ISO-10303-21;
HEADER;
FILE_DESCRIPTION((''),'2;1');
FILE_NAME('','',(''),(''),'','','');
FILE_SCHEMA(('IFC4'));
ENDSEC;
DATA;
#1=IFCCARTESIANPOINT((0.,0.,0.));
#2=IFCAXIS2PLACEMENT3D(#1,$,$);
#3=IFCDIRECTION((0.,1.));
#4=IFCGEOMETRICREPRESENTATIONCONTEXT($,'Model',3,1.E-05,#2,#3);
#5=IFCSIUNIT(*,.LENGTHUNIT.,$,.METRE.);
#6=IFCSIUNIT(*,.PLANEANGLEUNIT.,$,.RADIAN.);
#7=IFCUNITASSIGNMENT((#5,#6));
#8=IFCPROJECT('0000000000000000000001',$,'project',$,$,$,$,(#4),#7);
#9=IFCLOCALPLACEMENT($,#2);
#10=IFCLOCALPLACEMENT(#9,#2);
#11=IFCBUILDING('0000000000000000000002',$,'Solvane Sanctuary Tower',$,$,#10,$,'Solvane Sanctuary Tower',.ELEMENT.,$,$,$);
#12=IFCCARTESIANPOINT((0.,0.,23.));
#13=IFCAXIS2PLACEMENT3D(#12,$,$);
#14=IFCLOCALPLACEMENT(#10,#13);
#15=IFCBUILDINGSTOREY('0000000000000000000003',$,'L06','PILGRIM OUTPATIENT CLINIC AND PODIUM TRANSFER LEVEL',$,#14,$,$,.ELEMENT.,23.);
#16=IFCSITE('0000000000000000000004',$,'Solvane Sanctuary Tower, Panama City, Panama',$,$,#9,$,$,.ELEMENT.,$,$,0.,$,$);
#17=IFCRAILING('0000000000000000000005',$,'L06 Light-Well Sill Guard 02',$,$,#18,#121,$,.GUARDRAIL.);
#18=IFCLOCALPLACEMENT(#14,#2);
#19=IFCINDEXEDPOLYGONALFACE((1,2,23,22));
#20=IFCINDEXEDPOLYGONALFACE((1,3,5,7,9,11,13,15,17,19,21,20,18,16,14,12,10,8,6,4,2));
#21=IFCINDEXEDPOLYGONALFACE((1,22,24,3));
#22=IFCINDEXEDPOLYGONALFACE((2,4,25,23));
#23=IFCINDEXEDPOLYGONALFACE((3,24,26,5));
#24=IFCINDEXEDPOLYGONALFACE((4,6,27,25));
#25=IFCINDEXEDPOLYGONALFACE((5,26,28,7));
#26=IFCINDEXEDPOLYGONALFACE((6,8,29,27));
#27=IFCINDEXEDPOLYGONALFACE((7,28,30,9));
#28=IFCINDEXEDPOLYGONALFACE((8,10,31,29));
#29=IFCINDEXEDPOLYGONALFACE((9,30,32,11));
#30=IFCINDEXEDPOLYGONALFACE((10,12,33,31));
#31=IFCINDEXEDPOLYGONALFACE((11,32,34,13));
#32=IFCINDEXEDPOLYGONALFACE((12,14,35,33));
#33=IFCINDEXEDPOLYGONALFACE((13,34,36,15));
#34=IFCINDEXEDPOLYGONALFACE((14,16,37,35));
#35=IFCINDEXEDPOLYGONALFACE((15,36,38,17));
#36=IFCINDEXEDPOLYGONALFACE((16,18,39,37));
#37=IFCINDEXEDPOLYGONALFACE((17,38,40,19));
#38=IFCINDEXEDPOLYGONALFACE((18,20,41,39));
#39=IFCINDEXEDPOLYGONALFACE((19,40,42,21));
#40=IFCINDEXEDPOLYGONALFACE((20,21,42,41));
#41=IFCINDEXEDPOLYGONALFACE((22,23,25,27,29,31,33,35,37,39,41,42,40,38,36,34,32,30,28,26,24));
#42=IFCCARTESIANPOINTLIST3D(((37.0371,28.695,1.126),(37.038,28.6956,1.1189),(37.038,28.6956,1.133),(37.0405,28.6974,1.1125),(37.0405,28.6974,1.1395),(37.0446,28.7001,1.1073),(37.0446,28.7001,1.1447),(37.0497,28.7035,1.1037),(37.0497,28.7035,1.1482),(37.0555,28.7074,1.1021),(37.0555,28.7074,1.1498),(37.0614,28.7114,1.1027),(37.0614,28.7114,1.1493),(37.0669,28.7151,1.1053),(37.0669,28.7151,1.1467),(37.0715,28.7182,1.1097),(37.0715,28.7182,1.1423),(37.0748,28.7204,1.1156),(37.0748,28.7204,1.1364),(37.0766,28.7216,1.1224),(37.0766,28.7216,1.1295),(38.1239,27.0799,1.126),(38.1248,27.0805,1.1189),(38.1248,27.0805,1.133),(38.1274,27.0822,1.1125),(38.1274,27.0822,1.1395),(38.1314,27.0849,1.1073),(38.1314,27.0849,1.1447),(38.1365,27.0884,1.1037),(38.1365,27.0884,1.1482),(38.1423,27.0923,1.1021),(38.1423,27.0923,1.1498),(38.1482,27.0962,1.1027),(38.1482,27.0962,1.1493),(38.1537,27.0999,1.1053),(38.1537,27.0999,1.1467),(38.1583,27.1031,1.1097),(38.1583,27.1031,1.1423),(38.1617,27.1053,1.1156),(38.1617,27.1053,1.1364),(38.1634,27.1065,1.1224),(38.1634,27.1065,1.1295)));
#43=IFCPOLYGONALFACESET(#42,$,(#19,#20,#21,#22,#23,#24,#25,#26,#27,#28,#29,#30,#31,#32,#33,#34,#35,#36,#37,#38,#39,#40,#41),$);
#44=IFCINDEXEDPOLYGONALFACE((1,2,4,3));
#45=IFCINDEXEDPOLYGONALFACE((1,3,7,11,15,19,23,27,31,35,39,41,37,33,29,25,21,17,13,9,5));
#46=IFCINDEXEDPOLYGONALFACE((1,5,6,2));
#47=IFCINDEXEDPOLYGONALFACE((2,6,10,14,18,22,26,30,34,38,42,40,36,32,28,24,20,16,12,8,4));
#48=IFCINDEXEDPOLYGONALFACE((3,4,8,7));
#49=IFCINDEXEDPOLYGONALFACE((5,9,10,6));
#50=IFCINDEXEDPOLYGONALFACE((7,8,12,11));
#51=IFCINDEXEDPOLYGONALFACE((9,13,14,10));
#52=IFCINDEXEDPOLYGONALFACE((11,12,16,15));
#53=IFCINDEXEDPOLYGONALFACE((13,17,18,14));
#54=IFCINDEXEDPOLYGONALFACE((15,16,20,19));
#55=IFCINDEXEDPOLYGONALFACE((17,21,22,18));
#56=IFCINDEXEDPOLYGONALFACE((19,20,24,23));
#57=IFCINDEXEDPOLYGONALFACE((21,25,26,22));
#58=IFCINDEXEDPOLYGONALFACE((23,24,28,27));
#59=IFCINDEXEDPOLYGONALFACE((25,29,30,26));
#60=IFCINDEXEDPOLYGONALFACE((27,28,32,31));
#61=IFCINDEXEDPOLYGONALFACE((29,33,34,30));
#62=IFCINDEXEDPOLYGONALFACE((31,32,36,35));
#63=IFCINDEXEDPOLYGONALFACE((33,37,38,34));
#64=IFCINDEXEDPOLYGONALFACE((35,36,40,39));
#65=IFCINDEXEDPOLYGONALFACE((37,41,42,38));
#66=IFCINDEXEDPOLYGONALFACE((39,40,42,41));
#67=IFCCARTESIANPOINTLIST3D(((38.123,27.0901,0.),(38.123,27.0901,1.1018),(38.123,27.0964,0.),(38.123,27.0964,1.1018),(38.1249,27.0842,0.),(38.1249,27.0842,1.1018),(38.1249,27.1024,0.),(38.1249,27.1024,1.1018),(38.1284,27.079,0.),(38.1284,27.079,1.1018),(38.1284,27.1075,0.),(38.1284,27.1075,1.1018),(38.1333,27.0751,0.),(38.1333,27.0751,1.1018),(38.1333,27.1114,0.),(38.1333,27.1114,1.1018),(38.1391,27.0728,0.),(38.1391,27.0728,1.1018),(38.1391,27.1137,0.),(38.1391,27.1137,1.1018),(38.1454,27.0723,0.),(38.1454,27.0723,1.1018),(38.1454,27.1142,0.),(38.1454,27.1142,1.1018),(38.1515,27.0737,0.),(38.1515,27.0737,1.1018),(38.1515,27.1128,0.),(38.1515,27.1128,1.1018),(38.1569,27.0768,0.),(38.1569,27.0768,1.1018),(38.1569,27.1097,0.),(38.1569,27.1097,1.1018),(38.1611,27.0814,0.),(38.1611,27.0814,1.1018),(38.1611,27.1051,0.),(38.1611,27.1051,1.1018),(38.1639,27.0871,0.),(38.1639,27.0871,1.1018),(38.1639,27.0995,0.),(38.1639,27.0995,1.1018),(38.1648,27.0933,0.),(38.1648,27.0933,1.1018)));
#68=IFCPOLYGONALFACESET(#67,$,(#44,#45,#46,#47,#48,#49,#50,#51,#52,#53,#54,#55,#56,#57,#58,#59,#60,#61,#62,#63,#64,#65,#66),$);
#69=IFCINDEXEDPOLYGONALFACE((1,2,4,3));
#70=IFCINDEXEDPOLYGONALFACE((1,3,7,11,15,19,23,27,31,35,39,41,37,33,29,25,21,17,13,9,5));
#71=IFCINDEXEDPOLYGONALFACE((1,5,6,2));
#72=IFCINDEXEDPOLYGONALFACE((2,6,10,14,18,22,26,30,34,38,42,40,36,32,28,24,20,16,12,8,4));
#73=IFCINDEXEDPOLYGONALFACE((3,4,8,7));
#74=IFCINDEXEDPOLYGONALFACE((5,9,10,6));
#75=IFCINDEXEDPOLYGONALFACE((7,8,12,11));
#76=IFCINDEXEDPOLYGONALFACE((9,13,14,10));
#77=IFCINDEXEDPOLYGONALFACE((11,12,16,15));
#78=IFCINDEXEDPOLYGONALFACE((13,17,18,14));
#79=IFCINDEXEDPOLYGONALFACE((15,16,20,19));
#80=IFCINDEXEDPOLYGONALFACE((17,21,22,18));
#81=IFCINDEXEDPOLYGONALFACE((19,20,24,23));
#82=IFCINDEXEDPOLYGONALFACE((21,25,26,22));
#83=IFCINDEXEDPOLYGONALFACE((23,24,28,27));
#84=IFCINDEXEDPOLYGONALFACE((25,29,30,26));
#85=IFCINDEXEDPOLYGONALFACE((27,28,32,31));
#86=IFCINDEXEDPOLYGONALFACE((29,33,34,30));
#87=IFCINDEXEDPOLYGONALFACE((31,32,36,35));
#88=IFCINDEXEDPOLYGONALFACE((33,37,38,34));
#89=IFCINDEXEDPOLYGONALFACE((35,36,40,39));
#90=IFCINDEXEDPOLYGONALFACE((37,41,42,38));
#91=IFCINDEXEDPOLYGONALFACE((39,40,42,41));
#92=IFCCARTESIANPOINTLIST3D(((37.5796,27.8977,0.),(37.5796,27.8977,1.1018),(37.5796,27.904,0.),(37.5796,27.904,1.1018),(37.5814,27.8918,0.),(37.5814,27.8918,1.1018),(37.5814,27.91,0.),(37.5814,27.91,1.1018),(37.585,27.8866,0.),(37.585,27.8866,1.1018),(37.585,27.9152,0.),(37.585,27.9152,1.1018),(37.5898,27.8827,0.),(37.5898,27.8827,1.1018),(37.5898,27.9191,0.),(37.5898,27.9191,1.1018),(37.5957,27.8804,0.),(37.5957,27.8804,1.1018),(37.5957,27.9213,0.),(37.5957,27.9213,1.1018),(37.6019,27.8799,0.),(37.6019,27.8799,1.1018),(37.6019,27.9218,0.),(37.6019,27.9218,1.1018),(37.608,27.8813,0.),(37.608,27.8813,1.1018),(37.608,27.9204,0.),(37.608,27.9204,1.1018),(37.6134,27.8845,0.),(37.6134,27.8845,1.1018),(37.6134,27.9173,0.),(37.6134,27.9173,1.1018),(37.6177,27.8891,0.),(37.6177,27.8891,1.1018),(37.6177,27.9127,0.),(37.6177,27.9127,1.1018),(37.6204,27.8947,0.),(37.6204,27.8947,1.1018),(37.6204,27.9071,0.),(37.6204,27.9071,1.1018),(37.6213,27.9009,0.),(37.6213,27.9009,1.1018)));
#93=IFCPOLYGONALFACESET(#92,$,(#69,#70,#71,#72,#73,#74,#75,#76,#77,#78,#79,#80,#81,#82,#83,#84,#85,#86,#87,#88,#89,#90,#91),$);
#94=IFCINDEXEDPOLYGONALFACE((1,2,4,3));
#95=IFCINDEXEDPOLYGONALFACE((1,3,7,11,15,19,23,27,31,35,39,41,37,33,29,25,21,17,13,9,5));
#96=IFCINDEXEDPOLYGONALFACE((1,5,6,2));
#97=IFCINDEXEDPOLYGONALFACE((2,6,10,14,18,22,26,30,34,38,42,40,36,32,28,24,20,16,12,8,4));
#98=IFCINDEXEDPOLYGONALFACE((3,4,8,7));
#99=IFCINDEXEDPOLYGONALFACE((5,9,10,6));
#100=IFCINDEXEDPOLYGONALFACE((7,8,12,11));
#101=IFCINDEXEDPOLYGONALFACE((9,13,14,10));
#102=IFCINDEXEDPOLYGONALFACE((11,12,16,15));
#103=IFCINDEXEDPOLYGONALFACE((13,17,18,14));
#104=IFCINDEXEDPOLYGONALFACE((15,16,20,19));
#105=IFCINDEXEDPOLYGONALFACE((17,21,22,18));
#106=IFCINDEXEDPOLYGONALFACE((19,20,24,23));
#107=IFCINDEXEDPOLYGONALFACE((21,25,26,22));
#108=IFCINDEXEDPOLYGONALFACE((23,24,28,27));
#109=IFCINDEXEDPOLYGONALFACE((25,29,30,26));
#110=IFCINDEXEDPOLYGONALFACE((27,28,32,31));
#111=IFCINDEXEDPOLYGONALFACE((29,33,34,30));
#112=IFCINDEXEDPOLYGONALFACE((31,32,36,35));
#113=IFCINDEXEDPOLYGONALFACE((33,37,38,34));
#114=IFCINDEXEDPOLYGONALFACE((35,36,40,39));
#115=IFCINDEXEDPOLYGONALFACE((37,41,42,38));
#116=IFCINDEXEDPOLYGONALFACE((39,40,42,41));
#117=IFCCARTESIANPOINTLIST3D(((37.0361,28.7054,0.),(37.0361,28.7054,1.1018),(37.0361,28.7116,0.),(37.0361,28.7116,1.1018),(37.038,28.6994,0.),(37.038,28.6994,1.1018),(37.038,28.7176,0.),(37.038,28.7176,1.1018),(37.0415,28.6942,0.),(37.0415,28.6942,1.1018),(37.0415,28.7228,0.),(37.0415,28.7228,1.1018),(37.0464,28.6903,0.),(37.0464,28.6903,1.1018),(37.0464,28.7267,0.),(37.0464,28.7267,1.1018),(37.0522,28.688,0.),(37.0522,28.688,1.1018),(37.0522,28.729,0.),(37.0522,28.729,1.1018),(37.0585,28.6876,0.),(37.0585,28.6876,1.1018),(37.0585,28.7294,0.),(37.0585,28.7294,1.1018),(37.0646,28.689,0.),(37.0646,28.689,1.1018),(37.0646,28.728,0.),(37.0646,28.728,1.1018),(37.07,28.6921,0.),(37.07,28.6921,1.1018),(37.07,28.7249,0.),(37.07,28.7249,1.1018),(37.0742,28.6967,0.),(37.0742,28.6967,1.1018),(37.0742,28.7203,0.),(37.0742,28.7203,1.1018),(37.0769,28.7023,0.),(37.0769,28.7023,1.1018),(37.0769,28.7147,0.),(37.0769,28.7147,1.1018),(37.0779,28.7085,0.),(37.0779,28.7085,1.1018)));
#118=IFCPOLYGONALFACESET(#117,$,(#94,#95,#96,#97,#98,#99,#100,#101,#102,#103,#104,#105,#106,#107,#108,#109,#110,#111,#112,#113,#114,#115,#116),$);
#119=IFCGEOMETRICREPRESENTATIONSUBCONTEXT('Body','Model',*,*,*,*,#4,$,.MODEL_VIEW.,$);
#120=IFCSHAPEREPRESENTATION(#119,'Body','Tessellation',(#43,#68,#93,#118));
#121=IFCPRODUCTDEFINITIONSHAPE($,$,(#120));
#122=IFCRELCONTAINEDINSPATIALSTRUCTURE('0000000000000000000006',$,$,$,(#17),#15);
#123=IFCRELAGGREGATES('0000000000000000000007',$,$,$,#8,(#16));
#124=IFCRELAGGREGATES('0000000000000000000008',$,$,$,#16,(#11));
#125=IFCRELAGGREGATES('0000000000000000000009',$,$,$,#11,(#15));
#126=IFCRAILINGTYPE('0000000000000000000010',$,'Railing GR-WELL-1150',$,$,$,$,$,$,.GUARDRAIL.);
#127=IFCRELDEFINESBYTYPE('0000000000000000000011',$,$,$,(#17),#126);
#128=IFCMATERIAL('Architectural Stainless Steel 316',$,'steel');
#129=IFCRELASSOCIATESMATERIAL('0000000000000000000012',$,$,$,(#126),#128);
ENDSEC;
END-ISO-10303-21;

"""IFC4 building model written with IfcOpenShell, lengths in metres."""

from ifc_helpers import new_model, si_unit, direction, frame, origin, origin_2d, place, context, subcontext, project, spatial, circle, extrude, material, type_object, element, save


model = new_model("IFC4")

# Units and contexts
model_context = context("Model", 3, precision=1e-05, world=origin(), true_north=direction((0.0, 1.0)))
body_context = subcontext(model_context, "Body", "Model", "MODEL_VIEW")
ifc_project = project(units=[si_unit("LENGTHUNIT", "METRE"), si_unit("PLANEANGLEUNIT", "RADIAN")], contexts=[model_context])

# Site, building, storey
site_placement = place(None, origin())
site = spatial("IfcSite", under=ifc_project, at=site_placement, Name="Solvane Sanctuary Tower, Panama City, Panama", CompositionType="ELEMENT", RefElevation=0.0)
building_placement = place(site_placement, origin())
building = spatial("IfcBuilding", under=site, at=building_placement, Name="Solvane Sanctuary Tower", LongName="Solvane Sanctuary Tower", CompositionType="ELEMENT")
storey_placement = place(building_placement, frame((0.0, 0.0, 23.0)))
storey = spatial("IfcBuildingStorey", under=building, at=storey_placement, Name="L06", Description="PILGRIM OUTPATIENT CLINIC AND PODIUM TRANSFER LEVEL", CompositionType="ELEMENT", Elevation=23.0)

# Shared definitions
ifc_material_1 = material(Name="Architectural Stainless Steel 316", Category="steel")

# Railing
railing_type = type_object("IfcRailingType", Name="Railing GR-WELL-1150", PredefinedType="GUARDRAIL", material=ifc_material_1)
railing_1_placement = place(storey_placement, frame((38.1438, 27.0933, 0.0)))
element("IfcRailing", 1, at=railing_1_placement, inside=storey, type_object=railing_type, Name="L06 Light-Well Sill Guard 02", PredefinedType="GUARDRAIL", context=body_context, shape_type="SweptSolid", body=[
    extrude(circle(Radius=0.0239, at=origin_2d()), frame((0.0, 0.0, 1.126), z_axis=(-0.558283, 0.82965, 0.0), x_axis=(-0.82965, -0.558283, 0.0)), (0.0, 0.0, 1.0), 1.9468),
    extrude(circle(Radius=0.021, at=origin_2d()), origin(), (0.0, 0.0, 1.0), 1.1018),
    extrude(circle(Radius=0.021, at=origin_2d()), frame((-0.5435, 0.8076, 0.0)), (0.0, 0.0, 1.0), 1.1018),
    extrude(circle(Radius=0.021, at=origin_2d()), frame((-1.0869, 1.6152, 0.0)), (0.0, 0.0, 1.0), 1.1018),
])

save(model, "model.ifc")
